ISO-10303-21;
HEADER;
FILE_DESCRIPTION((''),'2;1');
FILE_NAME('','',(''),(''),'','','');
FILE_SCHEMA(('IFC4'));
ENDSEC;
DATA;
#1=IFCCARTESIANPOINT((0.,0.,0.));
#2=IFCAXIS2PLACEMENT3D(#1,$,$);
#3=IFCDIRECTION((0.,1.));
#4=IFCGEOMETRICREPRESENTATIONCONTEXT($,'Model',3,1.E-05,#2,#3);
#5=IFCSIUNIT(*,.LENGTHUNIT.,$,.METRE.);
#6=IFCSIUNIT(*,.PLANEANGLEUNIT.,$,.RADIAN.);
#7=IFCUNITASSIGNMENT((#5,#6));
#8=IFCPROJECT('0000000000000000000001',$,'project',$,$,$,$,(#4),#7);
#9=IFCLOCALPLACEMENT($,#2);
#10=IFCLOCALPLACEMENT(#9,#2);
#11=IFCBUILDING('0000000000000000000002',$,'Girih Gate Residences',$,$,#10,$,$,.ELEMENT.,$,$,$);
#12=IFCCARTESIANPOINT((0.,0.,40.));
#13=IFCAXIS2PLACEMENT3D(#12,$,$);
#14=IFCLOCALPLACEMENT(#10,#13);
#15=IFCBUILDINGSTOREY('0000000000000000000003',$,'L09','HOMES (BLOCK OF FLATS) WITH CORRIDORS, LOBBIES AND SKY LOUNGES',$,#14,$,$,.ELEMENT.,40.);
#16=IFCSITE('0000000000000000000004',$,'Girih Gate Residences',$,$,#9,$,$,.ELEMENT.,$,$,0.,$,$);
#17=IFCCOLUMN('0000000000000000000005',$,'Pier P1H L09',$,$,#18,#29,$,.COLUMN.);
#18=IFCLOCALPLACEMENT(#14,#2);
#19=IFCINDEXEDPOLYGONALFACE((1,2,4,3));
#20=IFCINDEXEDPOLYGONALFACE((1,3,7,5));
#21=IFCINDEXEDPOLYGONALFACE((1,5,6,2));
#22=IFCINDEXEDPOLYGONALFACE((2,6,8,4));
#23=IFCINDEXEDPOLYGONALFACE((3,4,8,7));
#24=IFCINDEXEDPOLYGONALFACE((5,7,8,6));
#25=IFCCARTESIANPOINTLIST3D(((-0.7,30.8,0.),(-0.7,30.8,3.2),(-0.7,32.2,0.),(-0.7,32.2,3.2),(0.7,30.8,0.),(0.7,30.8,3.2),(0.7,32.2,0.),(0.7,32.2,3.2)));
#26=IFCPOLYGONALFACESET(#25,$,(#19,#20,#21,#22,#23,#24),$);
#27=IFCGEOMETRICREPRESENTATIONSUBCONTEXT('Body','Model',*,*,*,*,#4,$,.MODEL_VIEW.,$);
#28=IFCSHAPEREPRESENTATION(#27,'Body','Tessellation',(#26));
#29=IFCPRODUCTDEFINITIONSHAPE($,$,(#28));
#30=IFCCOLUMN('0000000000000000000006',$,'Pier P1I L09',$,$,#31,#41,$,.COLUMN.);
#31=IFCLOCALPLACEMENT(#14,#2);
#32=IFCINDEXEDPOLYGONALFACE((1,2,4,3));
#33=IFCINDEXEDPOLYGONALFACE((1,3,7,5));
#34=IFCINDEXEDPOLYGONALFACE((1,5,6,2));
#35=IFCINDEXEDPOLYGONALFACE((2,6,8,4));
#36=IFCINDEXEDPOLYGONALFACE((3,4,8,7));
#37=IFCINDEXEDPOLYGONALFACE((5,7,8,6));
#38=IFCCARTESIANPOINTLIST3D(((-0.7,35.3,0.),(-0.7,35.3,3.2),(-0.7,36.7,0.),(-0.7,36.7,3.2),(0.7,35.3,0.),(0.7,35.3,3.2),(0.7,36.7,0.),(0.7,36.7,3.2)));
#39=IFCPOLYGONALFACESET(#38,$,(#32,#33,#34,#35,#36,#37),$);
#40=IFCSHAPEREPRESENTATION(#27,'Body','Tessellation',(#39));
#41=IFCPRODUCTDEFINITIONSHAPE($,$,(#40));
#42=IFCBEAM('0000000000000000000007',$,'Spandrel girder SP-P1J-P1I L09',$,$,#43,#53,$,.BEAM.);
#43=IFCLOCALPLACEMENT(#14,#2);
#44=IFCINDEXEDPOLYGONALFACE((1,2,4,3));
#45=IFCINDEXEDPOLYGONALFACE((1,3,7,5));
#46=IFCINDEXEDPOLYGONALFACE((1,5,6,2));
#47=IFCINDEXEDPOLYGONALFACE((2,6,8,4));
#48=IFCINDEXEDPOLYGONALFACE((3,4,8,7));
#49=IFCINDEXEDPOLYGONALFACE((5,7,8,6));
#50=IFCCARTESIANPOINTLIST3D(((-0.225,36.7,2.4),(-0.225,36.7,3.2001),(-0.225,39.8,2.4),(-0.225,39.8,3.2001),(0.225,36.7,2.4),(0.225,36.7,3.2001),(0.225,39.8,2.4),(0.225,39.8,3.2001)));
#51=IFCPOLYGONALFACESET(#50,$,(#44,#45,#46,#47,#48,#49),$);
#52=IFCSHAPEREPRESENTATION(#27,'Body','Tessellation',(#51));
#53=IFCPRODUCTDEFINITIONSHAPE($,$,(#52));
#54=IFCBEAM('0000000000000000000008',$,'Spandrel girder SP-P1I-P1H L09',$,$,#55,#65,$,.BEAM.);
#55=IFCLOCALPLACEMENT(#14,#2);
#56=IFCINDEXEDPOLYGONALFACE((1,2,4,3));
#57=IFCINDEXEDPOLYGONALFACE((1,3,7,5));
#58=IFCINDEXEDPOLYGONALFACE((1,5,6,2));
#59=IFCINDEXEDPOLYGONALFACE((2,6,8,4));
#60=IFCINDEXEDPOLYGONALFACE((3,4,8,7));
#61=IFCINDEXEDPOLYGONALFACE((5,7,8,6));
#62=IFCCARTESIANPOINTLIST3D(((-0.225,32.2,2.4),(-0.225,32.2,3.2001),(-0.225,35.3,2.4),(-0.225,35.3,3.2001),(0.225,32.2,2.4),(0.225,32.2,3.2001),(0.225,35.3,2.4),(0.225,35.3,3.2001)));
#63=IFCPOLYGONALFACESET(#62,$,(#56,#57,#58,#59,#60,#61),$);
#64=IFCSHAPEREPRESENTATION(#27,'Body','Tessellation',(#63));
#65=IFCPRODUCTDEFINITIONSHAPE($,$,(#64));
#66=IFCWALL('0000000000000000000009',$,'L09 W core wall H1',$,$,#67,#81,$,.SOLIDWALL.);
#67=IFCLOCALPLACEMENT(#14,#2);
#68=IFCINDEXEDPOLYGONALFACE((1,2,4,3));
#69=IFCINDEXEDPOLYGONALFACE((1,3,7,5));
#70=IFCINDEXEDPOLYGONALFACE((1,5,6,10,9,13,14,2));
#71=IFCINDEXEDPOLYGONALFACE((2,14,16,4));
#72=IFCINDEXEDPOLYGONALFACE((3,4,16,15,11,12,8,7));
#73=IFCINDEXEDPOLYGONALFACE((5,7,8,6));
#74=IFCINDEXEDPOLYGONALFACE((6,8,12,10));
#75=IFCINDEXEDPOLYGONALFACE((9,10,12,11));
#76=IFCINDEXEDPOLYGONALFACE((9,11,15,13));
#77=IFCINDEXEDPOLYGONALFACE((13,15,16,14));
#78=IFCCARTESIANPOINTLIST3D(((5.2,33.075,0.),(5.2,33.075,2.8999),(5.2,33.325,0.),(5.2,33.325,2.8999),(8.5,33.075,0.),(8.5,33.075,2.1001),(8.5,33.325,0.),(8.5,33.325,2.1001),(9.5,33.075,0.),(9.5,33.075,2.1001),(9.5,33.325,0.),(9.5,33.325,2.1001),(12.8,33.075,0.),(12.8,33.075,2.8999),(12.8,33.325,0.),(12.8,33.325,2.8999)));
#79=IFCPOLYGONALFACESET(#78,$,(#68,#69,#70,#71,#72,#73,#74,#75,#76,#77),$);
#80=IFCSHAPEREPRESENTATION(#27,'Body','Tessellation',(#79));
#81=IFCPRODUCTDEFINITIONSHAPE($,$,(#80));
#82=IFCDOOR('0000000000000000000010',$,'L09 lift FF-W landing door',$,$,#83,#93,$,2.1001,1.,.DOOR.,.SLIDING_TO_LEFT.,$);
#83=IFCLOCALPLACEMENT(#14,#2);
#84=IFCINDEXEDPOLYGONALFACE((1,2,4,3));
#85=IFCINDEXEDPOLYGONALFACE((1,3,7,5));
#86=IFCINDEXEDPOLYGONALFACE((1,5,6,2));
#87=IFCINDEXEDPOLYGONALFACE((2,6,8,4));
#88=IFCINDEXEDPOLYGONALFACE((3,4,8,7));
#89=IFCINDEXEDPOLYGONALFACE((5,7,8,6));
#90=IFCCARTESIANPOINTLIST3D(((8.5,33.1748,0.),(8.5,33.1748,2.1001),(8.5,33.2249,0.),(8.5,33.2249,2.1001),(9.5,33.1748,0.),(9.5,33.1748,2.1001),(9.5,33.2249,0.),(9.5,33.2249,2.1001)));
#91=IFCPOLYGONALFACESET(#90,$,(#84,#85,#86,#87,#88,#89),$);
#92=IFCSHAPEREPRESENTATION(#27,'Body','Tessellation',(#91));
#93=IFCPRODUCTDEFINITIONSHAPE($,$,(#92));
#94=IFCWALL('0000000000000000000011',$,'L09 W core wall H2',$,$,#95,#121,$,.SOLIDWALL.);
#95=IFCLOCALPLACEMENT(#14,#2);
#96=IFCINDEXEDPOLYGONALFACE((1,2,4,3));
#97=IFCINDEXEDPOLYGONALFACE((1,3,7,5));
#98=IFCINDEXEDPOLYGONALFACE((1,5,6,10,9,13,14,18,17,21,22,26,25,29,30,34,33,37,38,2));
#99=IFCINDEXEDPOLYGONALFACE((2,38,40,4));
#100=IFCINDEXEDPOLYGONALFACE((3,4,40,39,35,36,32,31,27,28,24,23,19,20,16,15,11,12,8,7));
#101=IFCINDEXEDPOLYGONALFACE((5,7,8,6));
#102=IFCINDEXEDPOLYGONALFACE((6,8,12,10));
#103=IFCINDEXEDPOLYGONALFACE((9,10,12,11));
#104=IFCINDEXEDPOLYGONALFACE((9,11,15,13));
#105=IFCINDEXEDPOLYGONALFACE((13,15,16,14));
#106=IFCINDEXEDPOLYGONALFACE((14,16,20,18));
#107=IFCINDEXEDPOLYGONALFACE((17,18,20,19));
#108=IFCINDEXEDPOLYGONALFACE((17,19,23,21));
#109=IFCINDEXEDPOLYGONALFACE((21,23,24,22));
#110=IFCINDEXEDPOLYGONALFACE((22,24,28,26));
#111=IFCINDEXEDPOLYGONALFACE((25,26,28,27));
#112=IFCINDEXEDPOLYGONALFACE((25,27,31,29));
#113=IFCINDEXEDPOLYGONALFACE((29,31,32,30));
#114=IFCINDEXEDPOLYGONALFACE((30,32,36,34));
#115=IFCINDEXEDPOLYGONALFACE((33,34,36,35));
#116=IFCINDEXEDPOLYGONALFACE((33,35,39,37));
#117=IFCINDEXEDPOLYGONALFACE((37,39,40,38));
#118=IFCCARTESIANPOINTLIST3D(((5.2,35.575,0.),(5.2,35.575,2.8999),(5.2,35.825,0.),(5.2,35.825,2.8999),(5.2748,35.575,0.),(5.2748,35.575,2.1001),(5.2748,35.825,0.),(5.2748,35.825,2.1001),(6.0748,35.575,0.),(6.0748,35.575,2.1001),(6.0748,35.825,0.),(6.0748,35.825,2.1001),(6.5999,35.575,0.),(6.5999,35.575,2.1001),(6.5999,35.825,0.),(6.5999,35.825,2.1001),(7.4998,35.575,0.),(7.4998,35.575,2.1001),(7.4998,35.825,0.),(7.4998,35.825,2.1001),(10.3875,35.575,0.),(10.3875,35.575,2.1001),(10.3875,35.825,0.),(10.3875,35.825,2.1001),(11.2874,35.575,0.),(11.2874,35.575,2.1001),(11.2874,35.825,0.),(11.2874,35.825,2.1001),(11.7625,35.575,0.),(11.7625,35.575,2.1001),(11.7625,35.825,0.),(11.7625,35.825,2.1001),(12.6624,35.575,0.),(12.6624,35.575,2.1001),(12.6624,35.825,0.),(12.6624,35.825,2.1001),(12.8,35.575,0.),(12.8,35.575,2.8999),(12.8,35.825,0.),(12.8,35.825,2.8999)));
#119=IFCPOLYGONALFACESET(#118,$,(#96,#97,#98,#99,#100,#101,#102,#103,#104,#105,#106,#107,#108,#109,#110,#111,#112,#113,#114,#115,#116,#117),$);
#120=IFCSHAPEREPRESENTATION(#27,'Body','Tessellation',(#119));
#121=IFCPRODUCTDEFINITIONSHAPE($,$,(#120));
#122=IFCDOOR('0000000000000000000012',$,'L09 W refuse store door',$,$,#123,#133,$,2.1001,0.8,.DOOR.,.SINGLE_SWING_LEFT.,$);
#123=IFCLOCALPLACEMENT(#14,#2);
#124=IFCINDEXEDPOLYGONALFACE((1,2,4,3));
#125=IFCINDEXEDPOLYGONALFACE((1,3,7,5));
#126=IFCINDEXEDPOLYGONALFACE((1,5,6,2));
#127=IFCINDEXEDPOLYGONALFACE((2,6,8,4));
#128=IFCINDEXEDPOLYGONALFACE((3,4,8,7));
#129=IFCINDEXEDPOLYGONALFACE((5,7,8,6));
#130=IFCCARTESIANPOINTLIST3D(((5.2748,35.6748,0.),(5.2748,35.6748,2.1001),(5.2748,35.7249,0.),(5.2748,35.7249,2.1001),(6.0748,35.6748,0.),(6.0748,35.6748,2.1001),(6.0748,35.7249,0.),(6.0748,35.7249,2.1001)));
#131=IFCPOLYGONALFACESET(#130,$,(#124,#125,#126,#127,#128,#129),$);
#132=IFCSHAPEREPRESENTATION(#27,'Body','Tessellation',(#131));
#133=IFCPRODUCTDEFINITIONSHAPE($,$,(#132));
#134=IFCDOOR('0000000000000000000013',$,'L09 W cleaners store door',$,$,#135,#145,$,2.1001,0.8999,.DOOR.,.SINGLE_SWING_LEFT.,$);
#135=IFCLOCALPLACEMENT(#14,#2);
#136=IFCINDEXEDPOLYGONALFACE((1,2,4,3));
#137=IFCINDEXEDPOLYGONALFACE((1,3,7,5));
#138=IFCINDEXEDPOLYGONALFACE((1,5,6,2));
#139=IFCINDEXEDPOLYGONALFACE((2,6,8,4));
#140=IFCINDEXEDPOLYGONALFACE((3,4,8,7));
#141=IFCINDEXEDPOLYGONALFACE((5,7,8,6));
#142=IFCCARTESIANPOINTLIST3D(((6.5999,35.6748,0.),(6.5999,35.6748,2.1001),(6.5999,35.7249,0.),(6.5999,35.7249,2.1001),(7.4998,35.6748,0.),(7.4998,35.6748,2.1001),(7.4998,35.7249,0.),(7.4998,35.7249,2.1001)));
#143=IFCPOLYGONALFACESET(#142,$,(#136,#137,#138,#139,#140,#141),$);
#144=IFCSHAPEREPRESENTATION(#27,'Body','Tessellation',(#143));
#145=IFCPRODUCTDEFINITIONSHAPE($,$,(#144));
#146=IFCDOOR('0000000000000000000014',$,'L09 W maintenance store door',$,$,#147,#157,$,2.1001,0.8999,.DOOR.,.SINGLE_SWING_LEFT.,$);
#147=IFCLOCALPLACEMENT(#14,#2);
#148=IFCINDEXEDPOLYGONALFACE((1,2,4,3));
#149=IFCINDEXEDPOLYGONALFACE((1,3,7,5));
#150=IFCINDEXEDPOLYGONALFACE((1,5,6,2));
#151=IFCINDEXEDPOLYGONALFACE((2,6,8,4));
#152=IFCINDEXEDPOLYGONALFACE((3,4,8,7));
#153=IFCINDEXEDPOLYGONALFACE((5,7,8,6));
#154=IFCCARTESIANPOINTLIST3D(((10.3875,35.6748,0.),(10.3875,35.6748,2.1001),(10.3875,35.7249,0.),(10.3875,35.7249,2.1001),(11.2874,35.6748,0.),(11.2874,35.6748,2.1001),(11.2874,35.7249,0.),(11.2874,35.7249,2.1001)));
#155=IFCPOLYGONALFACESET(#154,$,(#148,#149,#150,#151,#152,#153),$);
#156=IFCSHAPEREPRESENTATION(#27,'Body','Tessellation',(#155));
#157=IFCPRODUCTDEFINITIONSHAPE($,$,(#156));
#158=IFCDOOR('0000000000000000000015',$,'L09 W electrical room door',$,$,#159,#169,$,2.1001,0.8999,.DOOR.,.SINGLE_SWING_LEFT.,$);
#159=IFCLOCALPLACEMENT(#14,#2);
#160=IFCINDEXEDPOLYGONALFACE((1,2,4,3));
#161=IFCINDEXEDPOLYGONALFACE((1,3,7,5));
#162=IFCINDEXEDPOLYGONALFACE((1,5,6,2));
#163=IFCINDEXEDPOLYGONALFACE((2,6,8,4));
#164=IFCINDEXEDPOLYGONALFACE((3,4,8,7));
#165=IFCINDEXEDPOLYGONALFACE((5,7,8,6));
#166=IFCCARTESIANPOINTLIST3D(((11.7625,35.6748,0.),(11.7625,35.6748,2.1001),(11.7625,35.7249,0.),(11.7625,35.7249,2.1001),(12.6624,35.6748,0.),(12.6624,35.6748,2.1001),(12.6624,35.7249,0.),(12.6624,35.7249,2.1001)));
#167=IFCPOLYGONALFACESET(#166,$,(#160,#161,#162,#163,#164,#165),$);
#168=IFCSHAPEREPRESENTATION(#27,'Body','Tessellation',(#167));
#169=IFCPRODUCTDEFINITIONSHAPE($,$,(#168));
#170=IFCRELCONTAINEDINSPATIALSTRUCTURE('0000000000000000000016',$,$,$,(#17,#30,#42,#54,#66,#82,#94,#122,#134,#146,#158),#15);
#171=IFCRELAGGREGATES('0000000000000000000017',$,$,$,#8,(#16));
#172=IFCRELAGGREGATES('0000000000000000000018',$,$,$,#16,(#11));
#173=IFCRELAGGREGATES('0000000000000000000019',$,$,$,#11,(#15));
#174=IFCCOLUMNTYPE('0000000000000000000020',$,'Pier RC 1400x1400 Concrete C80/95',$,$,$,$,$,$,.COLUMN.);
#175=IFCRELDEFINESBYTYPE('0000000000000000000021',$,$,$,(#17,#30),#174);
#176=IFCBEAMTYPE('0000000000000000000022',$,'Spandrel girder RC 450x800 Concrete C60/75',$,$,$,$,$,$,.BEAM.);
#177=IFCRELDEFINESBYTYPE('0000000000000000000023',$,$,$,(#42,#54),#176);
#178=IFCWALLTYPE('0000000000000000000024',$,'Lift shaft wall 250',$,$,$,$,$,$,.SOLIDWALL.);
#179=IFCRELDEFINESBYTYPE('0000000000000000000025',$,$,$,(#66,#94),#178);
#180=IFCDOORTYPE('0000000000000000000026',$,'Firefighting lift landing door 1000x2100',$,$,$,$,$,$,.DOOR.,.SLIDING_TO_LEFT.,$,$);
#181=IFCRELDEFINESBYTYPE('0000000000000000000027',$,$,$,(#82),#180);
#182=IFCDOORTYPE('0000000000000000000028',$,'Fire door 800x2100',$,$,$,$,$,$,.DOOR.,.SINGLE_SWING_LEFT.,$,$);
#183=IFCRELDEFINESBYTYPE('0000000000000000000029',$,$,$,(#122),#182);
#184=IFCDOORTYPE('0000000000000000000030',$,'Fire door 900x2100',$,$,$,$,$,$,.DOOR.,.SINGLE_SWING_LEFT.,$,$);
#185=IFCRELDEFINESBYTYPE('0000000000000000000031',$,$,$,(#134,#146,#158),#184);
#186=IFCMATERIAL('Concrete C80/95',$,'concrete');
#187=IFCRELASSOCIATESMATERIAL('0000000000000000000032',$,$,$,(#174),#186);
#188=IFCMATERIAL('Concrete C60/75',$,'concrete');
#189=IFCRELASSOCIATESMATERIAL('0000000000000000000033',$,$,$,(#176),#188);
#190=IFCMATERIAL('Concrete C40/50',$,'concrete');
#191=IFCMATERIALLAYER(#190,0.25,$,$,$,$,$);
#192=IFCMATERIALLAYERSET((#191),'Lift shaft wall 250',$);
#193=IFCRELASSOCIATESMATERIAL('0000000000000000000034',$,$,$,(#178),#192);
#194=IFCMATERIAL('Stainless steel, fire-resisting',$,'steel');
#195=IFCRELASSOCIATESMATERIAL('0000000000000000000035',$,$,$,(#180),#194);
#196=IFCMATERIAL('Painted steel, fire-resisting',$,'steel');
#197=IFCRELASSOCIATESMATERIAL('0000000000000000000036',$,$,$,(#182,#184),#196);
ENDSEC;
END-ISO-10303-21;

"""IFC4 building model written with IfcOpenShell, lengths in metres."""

from ifc_helpers import new_model, si_unit, direction, frame, frame_2d, origin, origin_2d, place, context, subcontext, project, spatial, rectangle, extrude, material, layer, layer_set, material_profile, profile_set, type_object, element, fill, save


model = new_model("IFC4")

# Units and contexts
model_context = context("Model", 3, precision=1e-05, world=origin(), true_north=direction((0.0, 1.0)))
body_context = subcontext(model_context, "Body", "Model", "MODEL_VIEW")
ifc_project = project(units=[si_unit("LENGTHUNIT", "METRE"), si_unit("PLANEANGLEUNIT", "RADIAN")], contexts=[model_context])

# Site, building, storey
site_placement = place(None, origin())
site = spatial("IfcSite", under=ifc_project, at=site_placement, Name="Girih Gate Residences", CompositionType="ELEMENT", RefElevation=0.0)
building_placement = place(site_placement, origin())
building = spatial("IfcBuilding", under=site, at=building_placement, Name="Girih Gate Residences", CompositionType="ELEMENT")
storey_placement = place(building_placement, frame((0.0, 0.0, 40.0)))
storey = spatial("IfcBuildingStorey", under=building, at=storey_placement, Name="L09", Description="HOMES (BLOCK OF FLATS) WITH CORRIDORS, LOBBIES AND SKY LOUNGES", CompositionType="ELEMENT", Elevation=40.0)

# Columns
ifc_material_1 = material(Name="Concrete C80/95", Category="concrete")
ifc_material_profile_1 = material_profile(ifc_material_1, rectangle(XDim=1.3999, YDim=1.3999, at=origin_2d()))
ifc_profile_set_1 = profile_set([ifc_material_profile_1], Name="Concrete C80/95")
column_type = type_object("IfcColumnType", Name="Pier RC 1400x1400 Concrete C80/95", PredefinedType="COLUMN", material=ifc_profile_set_1)
for number, where, z_axis, x_axis, name in (
    (1, (0.0, 31.5, 0.0), (0.0, 0.0, 1.0), (1.0, 0.0, 0.0), "Pier P1H L09"),
    (2, (0.0, 36.0, 0.0), (0.0, 0.0, 1.0), (1.0, 0.0, 0.0), "Pier P1I L09"),
):
    element("IfcColumn", number, at=place(storey_placement, frame(where, z_axis=z_axis, x_axis=x_axis)), inside=storey, type_object=column_type, Name=name, PredefinedType="COLUMN", context=body_context, shape_type="SweptSolid", body=[
        extrude(rectangle(XDim=1.3999, YDim=1.3999, at=origin_2d()), origin(), (0.0, 0.0, 1.0), 3.2),
    ])

# Beams
ifc_material_2 = material(Name="Concrete C60/75", Category="concrete")
ifc_material_profile_2 = material_profile(ifc_material_2, rectangle(XDim=0.45, YDim=0.8, at=origin_2d()))
ifc_profile_set_2 = profile_set([ifc_material_profile_2], Name="Concrete C60/75")
beam_type = type_object("IfcBeamType", Name="Spandrel girder RC 450x800 Concrete C60/75", PredefinedType="BEAM", material=ifc_profile_set_2)
for number, where, z_axis, x_axis, name in (
    (3, (0.0, 39.8, 2.8), (0.0, -1.0, 0.0), (1.0, 0.0, 0.0), "Spandrel girder SP-P1J-P1I L09"),
    (4, (0.0, 35.3, 2.8), (0.0, -1.0, 0.0), (1.0, 0.0, 0.0), "Spandrel girder SP-P1I-P1H L09"),
):
    element("IfcBeam", number, at=place(storey_placement, frame(where, z_axis=z_axis, x_axis=x_axis)), inside=storey, type_object=beam_type, Name=name, PredefinedType="BEAM", context=body_context, shape_type="SweptSolid", body=[
        extrude(rectangle(XDim=0.45, YDim=0.8, at=origin_2d()), origin(), (0.0, 0.0, 1.0), 3.1001),
    ])

# Wall, opening, door
ifc_material_3 = material(Name="Concrete C40/50", Category="concrete")
ifc_layer_1 = layer(ifc_material_3, 0.25)
ifc_layer_set_1 = layer_set([ifc_layer_1], Name="Lift shaft wall 250")
wall_type_1 = type_object("IfcWallType", Name="Lift shaft wall 250", PredefinedType="SOLIDWALL", material=ifc_layer_set_1)
wall_1_placement = place(storey_placement, frame((5.2, 33.2, 0.0), z_axis=(0.0, 0.0, 1.0), x_axis=(1.0, 0.0, 0.0)))
wall_1 = element("IfcWall", 5, at=wall_1_placement, inside=storey, type_object=wall_type_1, Name="L09 W core wall H1", PredefinedType="SOLIDWALL", context=body_context, shape_type="SweptSolid", body=[
    extrude(rectangle(XDim=7.6001, YDim=0.25, at=frame_2d((3.8, 0.0))), origin(), (0.0, 0.0, 1.0), 2.8999),
])
opening_1_placement = place(wall_1_placement, frame((3.3, 0.0, 0.0)))
opening_1 = element("IfcOpeningElement", 6, at=opening_1_placement, cuts=wall_1, PredefinedType="OPENING", context=body_context, shape_type="SweptSolid", body=[
    extrude(rectangle(XDim=1.0, YDim=2.1001, at=frame_2d((0.5, 1.05))), frame((0.0, 0.135, 0.0), z_axis=(0.0, -1.0, 0.0), x_axis=(1.0, 0.0, 0.0)), (0.0, 0.0, 1.0), 0.27),
])
ifc_material_4 = material(Name="Stainless steel, fire-resisting", Category="steel")
door_type_1 = type_object("IfcDoorType", Name="Firefighting lift landing door 1000x2100", OperationType="SLIDING_TO_LEFT", PredefinedType="DOOR", material=ifc_material_4)
door_1_placement = place(opening_1_placement, origin())
door_1 = element("IfcDoor", 7, at=door_1_placement, inside=storey, type_object=door_type_1, Name="L09 lift FF-W landing door", OperationType="SLIDING_TO_LEFT", OverallHeight=2.1001, OverallWidth=1.0, PredefinedType="DOOR", context=body_context, shape_type="SweptSolid", body=[
    extrude(rectangle(XDim=1.0, YDim=2.1001, at=frame_2d((0.5, 1.05))), frame((0.0, 0.0249, 0.0), z_axis=(0.0, -1.0, 0.0), x_axis=(1.0, 0.0, 0.0)), (0.0, 0.0, 1.0), 0.05),
])
fill(opening_1, door_1)

# Wall, openings, doors
wall_2_placement = place(storey_placement, frame((5.2, 35.7, 0.0), z_axis=(0.0, 0.0, 1.0), x_axis=(1.0, 0.0, 0.0)))
wall_2 = element("IfcWall", 8, at=wall_2_placement, inside=storey, type_object=wall_type_1, Name="L09 W core wall H2", PredefinedType="SOLIDWALL", context=body_context, shape_type="SweptSolid", body=[
    extrude(rectangle(XDim=7.6001, YDim=0.25, at=frame_2d((3.8, 0.0))), origin(), (0.0, 0.0, 1.0), 2.8999),
])
opening_2_placement = place(wall_2_placement, frame((0.075, 0.0, 0.0)))
opening_2 = element("IfcOpeningElement", 9, at=opening_2_placement, cuts=wall_2, PredefinedType="OPENING", context=body_context, shape_type="SweptSolid", body=[
    extrude(rectangle(XDim=0.8, YDim=2.1001, at=frame_2d((0.3999, 1.05))), frame((0.0, 0.135, 0.0), z_axis=(0.0, -1.0, 0.0), x_axis=(1.0, 0.0, 0.0)), (0.0, 0.0, 1.0), 0.27),
])
opening_3_placement = place(wall_2_placement, frame((1.3999, 0.0, 0.0)))
opening_3 = element("IfcOpeningElement", 10, at=opening_3_placement, cuts=wall_2, PredefinedType="OPENING", context=body_context, shape_type="SweptSolid", body=[
    extrude(rectangle(XDim=0.8999, YDim=2.1001, at=frame_2d((0.45, 1.05))), frame((0.0, 0.135, 0.0), z_axis=(0.0, -1.0, 0.0), x_axis=(1.0, 0.0, 0.0)), (0.0, 0.0, 1.0), 0.27),
])
opening_4_placement = place(wall_2_placement, frame((5.1875, 0.0, 0.0)))
opening_4 = element("IfcOpeningElement", 11, at=opening_4_placement, cuts=wall_2, PredefinedType="OPENING", context=body_context, shape_type="SweptSolid", body=[
    extrude(rectangle(XDim=0.8999, YDim=2.1001, at=frame_2d((0.45, 1.05))), frame((0.0, 0.135, 0.0), z_axis=(0.0, -1.0, 0.0), x_axis=(1.0, 0.0, 0.0)), (0.0, 0.0, 1.0), 0.27),
])
opening_5_placement = place(wall_2_placement, frame((6.5625, 0.0, 0.0)))
opening_5 = element("IfcOpeningElement", 12, at=opening_5_placement, cuts=wall_2, PredefinedType="OPENING", context=body_context, shape_type="SweptSolid", body=[
    extrude(rectangle(XDim=0.8999, YDim=2.1001, at=frame_2d((0.45, 1.05))), frame((0.0, 0.135, 0.0), z_axis=(0.0, -1.0, 0.0), x_axis=(1.0, 0.0, 0.0)), (0.0, 0.0, 1.0), 0.27),
])
ifc_material_5 = material(Name="Painted steel, fire-resisting", Category="steel")
door_type_2 = type_object("IfcDoorType", Name="Fire door 800x2100", OperationType="SINGLE_SWING_LEFT", PredefinedType="DOOR", material=ifc_material_5)
door_2_placement = place(opening_2_placement, origin())
door_2 = element("IfcDoor", 13, at=door_2_placement, inside=storey, type_object=door_type_2, Name="L09 W refuse store door", OperationType="SINGLE_SWING_LEFT", OverallHeight=2.1001, OverallWidth=0.8, PredefinedType="DOOR", context=body_context, shape_type="SweptSolid", body=[
    extrude(rectangle(XDim=0.8, YDim=2.1001, at=frame_2d((0.3999, 1.05))), frame((0.0, 0.0249, 0.0), z_axis=(0.0, -1.0, 0.0), x_axis=(1.0, 0.0, 0.0)), (0.0, 0.0, 1.0), 0.05),
])
fill(opening_2, door_2)
door_type_3 = type_object("IfcDoorType", Name="Fire door 900x2100", OperationType="SINGLE_SWING_LEFT", PredefinedType="DOOR", material=ifc_material_5)
door_3_placement = place(opening_3_placement, origin())
door_3 = element("IfcDoor", 14, at=door_3_placement, inside=storey, type_object=door_type_3, Name="L09 W cleaners store door", OperationType="SINGLE_SWING_LEFT", OverallHeight=2.1001, OverallWidth=0.8999, PredefinedType="DOOR", context=body_context, shape_type="SweptSolid", body=[
    extrude(rectangle(XDim=0.8999, YDim=2.1001, at=frame_2d((0.45, 1.05))), frame((0.0, 0.0249, 0.0), z_axis=(0.0, -1.0, 0.0), x_axis=(1.0, 0.0, 0.0)), (0.0, 0.0, 1.0), 0.05),
])
fill(opening_3, door_3)
door_4_placement = place(opening_4_placement, origin())
door_4 = element("IfcDoor", 15, at=door_4_placement, inside=storey, type_object=door_type_3, Name="L09 W maintenance store door", OperationType="SINGLE_SWING_LEFT", OverallHeight=2.1001, OverallWidth=0.8999, PredefinedType="DOOR", context=body_context, shape_type="SweptSolid", body=[
    extrude(rectangle(XDim=0.8999, YDim=2.1001, at=frame_2d((0.45, 1.05))), frame((0.0, 0.0249, 0.0), z_axis=(0.0, -1.0, 0.0), x_axis=(1.0, 0.0, 0.0)), (0.0, 0.0, 1.0), 0.05),
])
fill(opening_4, door_4)
door_5_placement = place(opening_5_placement, origin())
door_5 = element("IfcDoor", 16, at=door_5_placement, inside=storey, type_object=door_type_3, Name="L09 W electrical room door", OperationType="SINGLE_SWING_LEFT", OverallHeight=2.1001, OverallWidth=0.8999, PredefinedType="DOOR", context=body_context, shape_type="SweptSolid", body=[
    extrude(rectangle(XDim=0.8999, YDim=2.1001, at=frame_2d((0.45, 1.05))), frame((0.0, 0.0249, 0.0), z_axis=(0.0, -1.0, 0.0), x_axis=(1.0, 0.0, 0.0)), (0.0, 0.0, 1.0), 0.05),
])
fill(opening_5, door_5)

save(model, "model.ifc")
